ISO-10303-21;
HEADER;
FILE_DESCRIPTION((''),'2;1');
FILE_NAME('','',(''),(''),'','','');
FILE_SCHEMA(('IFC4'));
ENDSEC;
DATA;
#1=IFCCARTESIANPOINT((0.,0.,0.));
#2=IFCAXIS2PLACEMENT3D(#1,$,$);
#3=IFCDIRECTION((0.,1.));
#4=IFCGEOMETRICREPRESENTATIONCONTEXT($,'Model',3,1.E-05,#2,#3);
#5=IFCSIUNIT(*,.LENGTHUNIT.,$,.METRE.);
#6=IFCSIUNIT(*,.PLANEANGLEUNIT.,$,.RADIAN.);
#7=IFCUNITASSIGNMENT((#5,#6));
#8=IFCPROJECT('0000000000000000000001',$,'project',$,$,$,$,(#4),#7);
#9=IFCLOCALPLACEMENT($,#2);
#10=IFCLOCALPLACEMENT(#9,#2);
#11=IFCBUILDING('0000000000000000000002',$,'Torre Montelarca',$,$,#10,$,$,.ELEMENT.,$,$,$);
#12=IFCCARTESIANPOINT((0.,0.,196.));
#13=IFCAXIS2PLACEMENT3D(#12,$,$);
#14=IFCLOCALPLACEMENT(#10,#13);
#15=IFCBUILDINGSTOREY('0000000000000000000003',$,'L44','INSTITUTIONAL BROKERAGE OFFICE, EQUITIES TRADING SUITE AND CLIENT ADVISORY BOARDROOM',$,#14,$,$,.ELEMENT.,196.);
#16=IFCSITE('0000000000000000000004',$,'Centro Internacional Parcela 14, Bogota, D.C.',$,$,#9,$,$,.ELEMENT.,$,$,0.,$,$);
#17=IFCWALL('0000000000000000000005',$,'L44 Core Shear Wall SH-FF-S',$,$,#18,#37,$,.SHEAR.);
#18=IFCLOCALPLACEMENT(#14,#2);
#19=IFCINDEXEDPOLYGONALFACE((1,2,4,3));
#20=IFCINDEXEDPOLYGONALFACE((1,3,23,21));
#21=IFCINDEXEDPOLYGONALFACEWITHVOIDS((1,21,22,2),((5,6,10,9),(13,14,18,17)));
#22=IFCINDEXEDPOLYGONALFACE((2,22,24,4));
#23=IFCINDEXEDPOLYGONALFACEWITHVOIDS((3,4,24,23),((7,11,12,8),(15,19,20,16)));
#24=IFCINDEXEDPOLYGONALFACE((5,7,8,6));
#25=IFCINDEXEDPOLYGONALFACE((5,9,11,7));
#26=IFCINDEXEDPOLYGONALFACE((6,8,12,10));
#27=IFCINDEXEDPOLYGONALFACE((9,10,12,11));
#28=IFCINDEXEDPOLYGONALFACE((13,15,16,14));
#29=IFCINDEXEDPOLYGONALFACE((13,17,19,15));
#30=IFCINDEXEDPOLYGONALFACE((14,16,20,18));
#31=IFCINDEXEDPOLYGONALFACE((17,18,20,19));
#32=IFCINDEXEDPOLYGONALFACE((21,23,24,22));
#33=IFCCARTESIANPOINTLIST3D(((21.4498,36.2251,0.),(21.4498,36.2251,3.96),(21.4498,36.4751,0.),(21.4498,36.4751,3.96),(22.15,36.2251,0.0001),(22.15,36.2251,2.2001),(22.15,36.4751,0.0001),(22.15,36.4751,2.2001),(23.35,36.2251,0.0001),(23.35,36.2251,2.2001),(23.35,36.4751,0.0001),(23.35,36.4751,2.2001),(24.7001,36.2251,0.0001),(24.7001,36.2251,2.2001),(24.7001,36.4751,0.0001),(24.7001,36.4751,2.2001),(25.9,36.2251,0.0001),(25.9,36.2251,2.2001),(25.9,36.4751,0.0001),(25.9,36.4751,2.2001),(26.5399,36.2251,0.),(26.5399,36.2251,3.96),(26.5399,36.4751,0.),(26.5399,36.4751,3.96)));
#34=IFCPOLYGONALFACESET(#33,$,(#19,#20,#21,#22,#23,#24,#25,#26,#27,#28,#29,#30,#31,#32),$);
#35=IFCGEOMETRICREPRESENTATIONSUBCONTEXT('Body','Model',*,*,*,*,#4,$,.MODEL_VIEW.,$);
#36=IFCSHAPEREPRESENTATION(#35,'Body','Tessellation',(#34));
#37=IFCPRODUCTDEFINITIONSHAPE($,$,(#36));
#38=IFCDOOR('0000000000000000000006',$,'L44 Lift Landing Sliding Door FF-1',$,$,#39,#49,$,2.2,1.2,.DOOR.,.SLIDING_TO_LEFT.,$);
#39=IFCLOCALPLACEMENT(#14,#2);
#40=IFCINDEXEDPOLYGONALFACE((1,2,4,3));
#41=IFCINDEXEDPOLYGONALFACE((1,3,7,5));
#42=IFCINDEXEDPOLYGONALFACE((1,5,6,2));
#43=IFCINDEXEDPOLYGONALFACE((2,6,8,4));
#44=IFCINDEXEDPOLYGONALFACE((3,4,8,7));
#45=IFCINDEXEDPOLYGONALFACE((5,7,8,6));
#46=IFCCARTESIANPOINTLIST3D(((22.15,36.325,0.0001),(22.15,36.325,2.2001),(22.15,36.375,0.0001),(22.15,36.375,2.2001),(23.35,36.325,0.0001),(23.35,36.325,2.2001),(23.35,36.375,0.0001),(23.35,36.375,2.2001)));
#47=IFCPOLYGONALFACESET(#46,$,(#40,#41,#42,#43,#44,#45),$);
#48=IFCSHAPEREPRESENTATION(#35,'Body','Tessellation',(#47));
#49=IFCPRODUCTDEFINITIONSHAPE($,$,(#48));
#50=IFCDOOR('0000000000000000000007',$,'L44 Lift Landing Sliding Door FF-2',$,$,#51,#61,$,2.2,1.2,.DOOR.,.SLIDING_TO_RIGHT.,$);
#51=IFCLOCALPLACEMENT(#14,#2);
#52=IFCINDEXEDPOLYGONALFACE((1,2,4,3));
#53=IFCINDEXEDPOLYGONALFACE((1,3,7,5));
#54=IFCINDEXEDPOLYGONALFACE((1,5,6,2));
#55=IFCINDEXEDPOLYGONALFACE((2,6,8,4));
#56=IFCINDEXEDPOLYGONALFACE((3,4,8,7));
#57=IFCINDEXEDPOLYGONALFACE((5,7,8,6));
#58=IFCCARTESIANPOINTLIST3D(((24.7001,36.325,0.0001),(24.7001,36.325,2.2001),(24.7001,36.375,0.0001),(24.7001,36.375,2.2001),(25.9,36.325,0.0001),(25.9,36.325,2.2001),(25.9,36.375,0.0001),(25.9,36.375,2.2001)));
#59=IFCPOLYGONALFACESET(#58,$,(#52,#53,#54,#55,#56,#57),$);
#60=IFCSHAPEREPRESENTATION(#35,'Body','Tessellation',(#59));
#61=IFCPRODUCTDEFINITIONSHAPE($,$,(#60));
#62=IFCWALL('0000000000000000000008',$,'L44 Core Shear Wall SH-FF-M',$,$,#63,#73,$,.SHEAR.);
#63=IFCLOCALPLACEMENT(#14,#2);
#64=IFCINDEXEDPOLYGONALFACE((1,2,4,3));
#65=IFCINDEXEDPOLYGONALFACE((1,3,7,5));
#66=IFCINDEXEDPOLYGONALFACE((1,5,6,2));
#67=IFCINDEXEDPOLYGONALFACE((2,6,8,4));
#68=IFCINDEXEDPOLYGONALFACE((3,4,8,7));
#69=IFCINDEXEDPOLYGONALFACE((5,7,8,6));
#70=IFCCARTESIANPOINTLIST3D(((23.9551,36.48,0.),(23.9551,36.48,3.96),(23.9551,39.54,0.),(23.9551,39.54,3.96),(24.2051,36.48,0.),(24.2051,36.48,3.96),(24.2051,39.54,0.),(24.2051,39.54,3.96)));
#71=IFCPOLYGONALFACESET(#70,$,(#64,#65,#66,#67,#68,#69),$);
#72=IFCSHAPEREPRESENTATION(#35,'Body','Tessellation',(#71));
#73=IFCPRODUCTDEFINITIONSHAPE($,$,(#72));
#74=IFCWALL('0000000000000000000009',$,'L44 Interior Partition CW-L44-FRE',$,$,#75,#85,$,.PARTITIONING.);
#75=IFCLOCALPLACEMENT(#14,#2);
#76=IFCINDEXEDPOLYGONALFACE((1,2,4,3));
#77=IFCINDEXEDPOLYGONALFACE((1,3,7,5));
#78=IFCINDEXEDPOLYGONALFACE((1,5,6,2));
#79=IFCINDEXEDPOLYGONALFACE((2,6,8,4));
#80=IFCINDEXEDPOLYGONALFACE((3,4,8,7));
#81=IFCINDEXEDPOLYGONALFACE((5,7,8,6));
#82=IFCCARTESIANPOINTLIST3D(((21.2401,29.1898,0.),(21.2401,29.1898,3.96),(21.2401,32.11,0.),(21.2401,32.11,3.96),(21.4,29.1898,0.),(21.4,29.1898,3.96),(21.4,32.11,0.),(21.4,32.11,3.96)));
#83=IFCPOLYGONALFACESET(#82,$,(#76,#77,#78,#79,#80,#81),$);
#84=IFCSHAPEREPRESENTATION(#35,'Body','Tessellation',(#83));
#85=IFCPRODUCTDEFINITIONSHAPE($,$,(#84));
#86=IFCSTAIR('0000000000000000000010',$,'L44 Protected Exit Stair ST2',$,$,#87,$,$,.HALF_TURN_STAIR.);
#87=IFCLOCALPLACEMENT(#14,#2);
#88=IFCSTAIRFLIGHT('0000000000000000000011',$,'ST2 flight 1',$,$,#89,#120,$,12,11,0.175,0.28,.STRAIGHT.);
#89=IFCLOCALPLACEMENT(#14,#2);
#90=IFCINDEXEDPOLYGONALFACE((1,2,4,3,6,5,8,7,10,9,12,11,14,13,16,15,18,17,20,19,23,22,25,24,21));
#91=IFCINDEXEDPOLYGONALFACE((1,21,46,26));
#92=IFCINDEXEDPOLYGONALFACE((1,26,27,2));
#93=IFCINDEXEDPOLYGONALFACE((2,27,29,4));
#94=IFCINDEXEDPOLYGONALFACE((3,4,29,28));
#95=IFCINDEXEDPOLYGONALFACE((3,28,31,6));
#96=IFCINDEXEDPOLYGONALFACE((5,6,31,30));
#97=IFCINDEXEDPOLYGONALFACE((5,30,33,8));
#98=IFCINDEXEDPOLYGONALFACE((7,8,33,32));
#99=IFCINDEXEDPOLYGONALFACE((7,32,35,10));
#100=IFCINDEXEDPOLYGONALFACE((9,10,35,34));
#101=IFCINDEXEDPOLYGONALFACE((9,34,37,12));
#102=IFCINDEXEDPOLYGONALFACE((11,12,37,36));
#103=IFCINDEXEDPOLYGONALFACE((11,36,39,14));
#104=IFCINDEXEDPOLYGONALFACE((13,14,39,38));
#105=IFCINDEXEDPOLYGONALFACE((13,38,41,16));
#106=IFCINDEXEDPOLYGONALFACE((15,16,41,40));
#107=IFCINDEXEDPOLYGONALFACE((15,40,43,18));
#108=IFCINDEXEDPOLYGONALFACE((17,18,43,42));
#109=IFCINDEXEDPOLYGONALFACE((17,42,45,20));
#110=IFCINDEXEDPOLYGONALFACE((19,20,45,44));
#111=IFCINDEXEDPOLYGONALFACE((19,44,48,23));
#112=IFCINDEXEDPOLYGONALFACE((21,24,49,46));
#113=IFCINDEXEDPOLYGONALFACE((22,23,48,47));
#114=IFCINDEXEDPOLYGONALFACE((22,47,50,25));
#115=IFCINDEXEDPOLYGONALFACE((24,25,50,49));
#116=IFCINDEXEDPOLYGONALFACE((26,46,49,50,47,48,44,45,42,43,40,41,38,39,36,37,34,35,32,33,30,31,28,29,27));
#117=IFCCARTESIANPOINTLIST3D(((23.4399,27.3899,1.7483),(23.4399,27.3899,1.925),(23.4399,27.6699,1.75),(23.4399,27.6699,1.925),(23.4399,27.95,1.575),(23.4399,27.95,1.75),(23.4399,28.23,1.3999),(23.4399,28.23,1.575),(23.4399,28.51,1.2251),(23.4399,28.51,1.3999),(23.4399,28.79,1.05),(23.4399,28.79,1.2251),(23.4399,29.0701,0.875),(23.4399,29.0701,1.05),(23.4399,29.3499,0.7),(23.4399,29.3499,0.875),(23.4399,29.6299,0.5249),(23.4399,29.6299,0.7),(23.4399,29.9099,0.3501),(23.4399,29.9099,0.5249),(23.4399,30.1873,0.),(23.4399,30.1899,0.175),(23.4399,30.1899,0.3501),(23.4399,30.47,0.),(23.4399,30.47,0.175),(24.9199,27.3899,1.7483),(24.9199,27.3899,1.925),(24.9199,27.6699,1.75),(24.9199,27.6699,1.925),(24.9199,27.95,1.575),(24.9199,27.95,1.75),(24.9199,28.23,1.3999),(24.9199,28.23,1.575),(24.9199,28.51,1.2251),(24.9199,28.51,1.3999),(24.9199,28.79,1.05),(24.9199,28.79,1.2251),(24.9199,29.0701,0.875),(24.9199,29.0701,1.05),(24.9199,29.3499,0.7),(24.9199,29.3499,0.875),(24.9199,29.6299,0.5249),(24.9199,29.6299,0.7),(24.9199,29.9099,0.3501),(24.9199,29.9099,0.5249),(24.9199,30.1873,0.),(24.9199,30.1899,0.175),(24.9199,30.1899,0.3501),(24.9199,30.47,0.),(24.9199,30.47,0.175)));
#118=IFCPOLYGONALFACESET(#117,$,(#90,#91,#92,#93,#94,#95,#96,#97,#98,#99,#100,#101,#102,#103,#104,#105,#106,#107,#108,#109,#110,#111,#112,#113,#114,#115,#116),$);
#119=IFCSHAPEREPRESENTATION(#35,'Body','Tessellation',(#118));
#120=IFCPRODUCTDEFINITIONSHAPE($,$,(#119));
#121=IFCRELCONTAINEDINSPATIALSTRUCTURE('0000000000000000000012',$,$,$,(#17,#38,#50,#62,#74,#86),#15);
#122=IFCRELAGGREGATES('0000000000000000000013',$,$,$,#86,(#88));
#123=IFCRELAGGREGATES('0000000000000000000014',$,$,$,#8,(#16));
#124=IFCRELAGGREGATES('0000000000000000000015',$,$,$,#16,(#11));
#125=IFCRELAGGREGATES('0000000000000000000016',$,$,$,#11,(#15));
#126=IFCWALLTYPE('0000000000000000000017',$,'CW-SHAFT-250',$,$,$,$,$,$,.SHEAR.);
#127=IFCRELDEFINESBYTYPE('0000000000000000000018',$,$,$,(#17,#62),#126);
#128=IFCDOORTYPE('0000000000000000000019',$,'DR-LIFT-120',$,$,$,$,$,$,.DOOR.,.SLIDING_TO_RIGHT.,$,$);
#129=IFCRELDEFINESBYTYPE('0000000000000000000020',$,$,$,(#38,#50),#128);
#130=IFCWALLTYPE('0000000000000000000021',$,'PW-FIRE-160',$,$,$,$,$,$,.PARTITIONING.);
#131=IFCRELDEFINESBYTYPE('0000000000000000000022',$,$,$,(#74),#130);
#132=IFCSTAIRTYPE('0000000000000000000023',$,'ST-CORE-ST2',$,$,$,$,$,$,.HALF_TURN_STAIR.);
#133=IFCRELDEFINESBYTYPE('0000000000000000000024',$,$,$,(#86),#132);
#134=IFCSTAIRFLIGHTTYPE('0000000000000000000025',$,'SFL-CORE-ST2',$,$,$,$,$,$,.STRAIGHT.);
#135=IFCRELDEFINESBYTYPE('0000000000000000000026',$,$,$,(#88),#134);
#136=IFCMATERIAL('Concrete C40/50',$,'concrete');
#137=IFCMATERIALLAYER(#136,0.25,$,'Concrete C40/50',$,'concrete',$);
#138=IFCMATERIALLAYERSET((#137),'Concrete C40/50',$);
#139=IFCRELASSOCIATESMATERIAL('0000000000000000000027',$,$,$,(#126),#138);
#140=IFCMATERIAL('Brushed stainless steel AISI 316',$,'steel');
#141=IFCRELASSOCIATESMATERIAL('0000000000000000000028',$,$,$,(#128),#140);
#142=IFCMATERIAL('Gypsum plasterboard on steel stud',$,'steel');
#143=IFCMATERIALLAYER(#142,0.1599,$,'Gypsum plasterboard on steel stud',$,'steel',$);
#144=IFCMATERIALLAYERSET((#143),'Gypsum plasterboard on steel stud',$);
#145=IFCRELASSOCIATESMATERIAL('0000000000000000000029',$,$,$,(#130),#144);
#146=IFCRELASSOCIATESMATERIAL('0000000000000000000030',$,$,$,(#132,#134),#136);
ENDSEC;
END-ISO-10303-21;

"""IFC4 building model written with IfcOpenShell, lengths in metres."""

from ifc_helpers import new_model, si_unit, direction, frame, frame_2d, origin, place, context, subcontext, project, spatial, polyline, rectangle, outline, extrude, source, transform, mapped, material, layer, layer_set, type_object, element, fill, aggregate, save


model = new_model("IFC4")

# Units and contexts
model_context = context("Model", 3, precision=1e-05, world=origin(), true_north=direction((0.0, 1.0)))
body_context = subcontext(model_context, "Body", "Model", "MODEL_VIEW")
ifc_project = project(units=[si_unit("LENGTHUNIT", "METRE"), si_unit("PLANEANGLEUNIT", "RADIAN")], contexts=[model_context])

# Site, building, storey
site_placement = place(None, origin())
site = spatial("IfcSite", under=ifc_project, at=site_placement, Name="Centro Internacional Parcela 14, Bogota, D.C.", CompositionType="ELEMENT", RefElevation=0.0)
building_placement = place(site_placement, origin())
building = spatial("IfcBuilding", under=site, at=building_placement, Name="Torre Montelarca", CompositionType="ELEMENT")
storey_placement = place(building_placement, frame((0.0, 0.0, 196.0)))
storey = spatial("IfcBuildingStorey", under=building, at=storey_placement, Name="L44", Description="INSTITUTIONAL BROKERAGE OFFICE, EQUITIES TRADING SUITE AND CLIENT ADVISORY BOARDROOM", CompositionType="ELEMENT", Elevation=196.0)

# Shared definitions
ifc_material_1 = material(Name="Concrete C40/50", Category="concrete")
ifc_layer_1 = layer(ifc_material_1, 0.25, Name="Concrete C40/50", Category="concrete")
ifc_layer_set_1 = layer_set([ifc_layer_1], Name="Concrete C40/50")
wall_type_1 = type_object("IfcWallType", Name="CW-SHAFT-250", PredefinedType="SHEAR", material=ifc_layer_set_1)

# Wall, openings, doors
wall_1_placement = place(storey_placement, frame((21.45, 36.3501, 0.0), z_axis=(0.0, 0.0, 1.0), x_axis=(1.0, 0.0, 0.0)))
wall_1 = element("IfcWall", 1, at=wall_1_placement, inside=storey, type_object=wall_type_1, Name="L44 Core Shear Wall SH-FF-S", PredefinedType="SHEAR", context=body_context, shape_type="SweptSolid", body=[
    extrude(rectangle(XDim=5.0901, YDim=0.25, at=frame_2d((2.5449, 0.0))), origin(), (0.0, 0.0, 1.0), 3.96),
])
opening_1_placement = place(wall_1_placement, frame((0.7, 0.0, 0.0)))
opening_1 = element("IfcOpeningElement", 2, at=opening_1_placement, cuts=wall_1, PredefinedType="OPENING", context=body_context, shape_type="SweptSolid", body=[
    extrude(rectangle(XDim=1.2, YDim=2.2, at=frame_2d((0.6001, 1.1001))), frame((0.0, 0.135, 0.0), z_axis=(0.0, -1.0, 0.0), x_axis=(1.0, 0.0, 0.0)), (0.0, 0.0, 1.0), 0.27),
])
opening_2_placement = place(wall_1_placement, frame((3.25, 0.0, 0.0)))
opening_2 = element("IfcOpeningElement", 3, at=opening_2_placement, cuts=wall_1, PredefinedType="OPENING", context=body_context, shape_type="SweptSolid", body=[
    extrude(rectangle(XDim=1.2, YDim=2.2, at=frame_2d((0.6001, 1.1001))), frame((0.0, 0.135, 0.0), z_axis=(0.0, -1.0, 0.0), x_axis=(1.0, 0.0, 0.0)), (0.0, 0.0, 1.0), 0.27),
])
ifc_material_2 = material(Name="Brushed stainless steel AISI 316", Category="steel")
door_type_1 = type_object("IfcDoorType", Name="DR-LIFT-120", OperationType="SLIDING_TO_RIGHT", PredefinedType="DOOR", material=ifc_material_2)
shared_shape_1 = source(origin(), body_context, "Body", "SweptSolid", [
    extrude(rectangle(XDim=1.2, YDim=2.2, at=frame_2d((0.6001, 1.1001))), frame((0.0, 0.0249, 0.0), z_axis=(0.0, -1.0, 0.0), x_axis=(1.0, 0.0, 0.0)), (0.0, 0.0, 1.0), 0.05),
])
door_1_placement = place(opening_1_placement, origin())
door_1 = element("IfcDoor", 4, at=door_1_placement, inside=storey, type_object=door_type_1, Name="L44 Lift Landing Sliding Door FF-1", OperationType="SLIDING_TO_LEFT", OverallHeight=2.2, OverallWidth=1.2, PredefinedType="DOOR", context=body_context, shape_type="MappedRepresentation", body=[
    mapped(shared_shape_1, transform((0.0, 0.0, 0.0), scale=1.0)),
])
fill(opening_1, door_1)
door_2_placement = place(opening_2_placement, origin())
door_2 = element("IfcDoor", 5, at=door_2_placement, inside=storey, type_object=door_type_1, Name="L44 Lift Landing Sliding Door FF-2", OperationType="SLIDING_TO_RIGHT", OverallHeight=2.2, OverallWidth=1.2, PredefinedType="DOOR", context=body_context, shape_type="MappedRepresentation", body=[
    mapped(shared_shape_1, transform((0.0, 0.0, 0.0), scale=1.0)),
])
fill(opening_2, door_2)

# Walls
wall_2_placement = place(storey_placement, frame((24.0801, 36.48, 0.0), z_axis=(0.0, 0.0, 1.0), x_axis=(0.0, 1.0, 0.0)))
element("IfcWall", 6, at=wall_2_placement, inside=storey, type_object=wall_type_1, Name="L44 Core Shear Wall SH-FF-M", PredefinedType="SHEAR", context=body_context, shape_type="SweptSolid", body=[
    extrude(rectangle(XDim=3.0601, YDim=0.25, at=frame_2d((1.53, 0.0))), origin(), (0.0, 0.0, 1.0), 3.96),
])
ifc_material_3 = material(Name="Gypsum plasterboard on steel stud", Category="steel")
ifc_layer_2 = layer(ifc_material_3, 0.1599, Name="Gypsum plasterboard on steel stud", Category="steel")
ifc_layer_set_2 = layer_set([ifc_layer_2], Name="Gypsum plasterboard on steel stud")
wall_type_2 = type_object("IfcWallType", Name="PW-FIRE-160", PredefinedType="PARTITIONING", material=ifc_layer_set_2)
wall_3_placement = place(storey_placement, frame((21.3201, 29.1899, 0.0), z_axis=(0.0, 0.0, 1.0), x_axis=(0.0, 1.0, 0.0)))
element("IfcWall", 7, at=wall_3_placement, inside=storey, type_object=wall_type_2, Name="L44 Interior Partition CW-L44-FRE", PredefinedType="PARTITIONING", context=body_context, shape_type="SweptSolid", body=[
    extrude(rectangle(XDim=2.9202, YDim=0.1599, at=frame_2d((1.46, 0.0))), origin(), (0.0, 0.0, 1.0), 3.96),
])

# Stair, stair flight
stair_type = type_object("IfcStairType", Name="ST-CORE-ST2", PredefinedType="HALF_TURN_STAIR", material=ifc_material_1)
stair_placement = place(storey_placement, origin())
stair = element("IfcStair", 8, at=stair_placement, inside=storey, type_object=stair_type, Name="L44 Protected Exit Stair ST2", PredefinedType="HALF_TURN_STAIR")
stair_flight_type = type_object("IfcStairFlightType", Name="SFL-CORE-ST2", PredefinedType="STRAIGHT", material=ifc_material_1)
stair_flight_placement = place(storey_placement, frame((24.1799, 30.47, 0.0), z_axis=(0.0, 0.0, 1.0), x_axis=(0.0, -1.0, 0.0)))
stair_flight = element("IfcStairFlight", 9, at=stair_flight_placement, type_object=stair_flight_type, Name="ST2 flight 1", NumberOfRisers=12, NumberOfTreads=11, PredefinedType="STRAIGHT", RiserHeight=0.175, TreadLength=0.28, context=body_context, shape_type="SweptSolid", body=[
    extrude(outline(polyline([(0.0, 0.0), (0.0, 0.175), (0.28, 0.175), (0.28, 0.3501), (0.5601, 0.3501), (0.5601, 0.5249), (0.8401, 0.5249), (0.8401, 0.7), (1.1201, 0.7), (1.1201, 0.875), (1.3999, 0.875), (1.3999, 1.05), (1.6799, 1.05), (1.6799, 1.2251), (1.96, 1.2251), (1.96, 1.3999), (2.24, 1.3999), (2.24, 1.575), (2.52, 1.575), (2.52, 1.75), (2.8, 1.75), (2.8, 1.925), (3.0801, 1.925), (3.0801, 2.1001), (3.0801, 1.7483), (0.2827, 0.0), (0.0, 0.0)])), frame((0.0, 0.74, 0.0), z_axis=(0.0, -1.0, 0.0), x_axis=(1.0, 0.0, 0.0)), (0.0, 0.0, 1.0), 1.48),
])
aggregate(stair, [stair_flight])

save(model, "model.ifc")
